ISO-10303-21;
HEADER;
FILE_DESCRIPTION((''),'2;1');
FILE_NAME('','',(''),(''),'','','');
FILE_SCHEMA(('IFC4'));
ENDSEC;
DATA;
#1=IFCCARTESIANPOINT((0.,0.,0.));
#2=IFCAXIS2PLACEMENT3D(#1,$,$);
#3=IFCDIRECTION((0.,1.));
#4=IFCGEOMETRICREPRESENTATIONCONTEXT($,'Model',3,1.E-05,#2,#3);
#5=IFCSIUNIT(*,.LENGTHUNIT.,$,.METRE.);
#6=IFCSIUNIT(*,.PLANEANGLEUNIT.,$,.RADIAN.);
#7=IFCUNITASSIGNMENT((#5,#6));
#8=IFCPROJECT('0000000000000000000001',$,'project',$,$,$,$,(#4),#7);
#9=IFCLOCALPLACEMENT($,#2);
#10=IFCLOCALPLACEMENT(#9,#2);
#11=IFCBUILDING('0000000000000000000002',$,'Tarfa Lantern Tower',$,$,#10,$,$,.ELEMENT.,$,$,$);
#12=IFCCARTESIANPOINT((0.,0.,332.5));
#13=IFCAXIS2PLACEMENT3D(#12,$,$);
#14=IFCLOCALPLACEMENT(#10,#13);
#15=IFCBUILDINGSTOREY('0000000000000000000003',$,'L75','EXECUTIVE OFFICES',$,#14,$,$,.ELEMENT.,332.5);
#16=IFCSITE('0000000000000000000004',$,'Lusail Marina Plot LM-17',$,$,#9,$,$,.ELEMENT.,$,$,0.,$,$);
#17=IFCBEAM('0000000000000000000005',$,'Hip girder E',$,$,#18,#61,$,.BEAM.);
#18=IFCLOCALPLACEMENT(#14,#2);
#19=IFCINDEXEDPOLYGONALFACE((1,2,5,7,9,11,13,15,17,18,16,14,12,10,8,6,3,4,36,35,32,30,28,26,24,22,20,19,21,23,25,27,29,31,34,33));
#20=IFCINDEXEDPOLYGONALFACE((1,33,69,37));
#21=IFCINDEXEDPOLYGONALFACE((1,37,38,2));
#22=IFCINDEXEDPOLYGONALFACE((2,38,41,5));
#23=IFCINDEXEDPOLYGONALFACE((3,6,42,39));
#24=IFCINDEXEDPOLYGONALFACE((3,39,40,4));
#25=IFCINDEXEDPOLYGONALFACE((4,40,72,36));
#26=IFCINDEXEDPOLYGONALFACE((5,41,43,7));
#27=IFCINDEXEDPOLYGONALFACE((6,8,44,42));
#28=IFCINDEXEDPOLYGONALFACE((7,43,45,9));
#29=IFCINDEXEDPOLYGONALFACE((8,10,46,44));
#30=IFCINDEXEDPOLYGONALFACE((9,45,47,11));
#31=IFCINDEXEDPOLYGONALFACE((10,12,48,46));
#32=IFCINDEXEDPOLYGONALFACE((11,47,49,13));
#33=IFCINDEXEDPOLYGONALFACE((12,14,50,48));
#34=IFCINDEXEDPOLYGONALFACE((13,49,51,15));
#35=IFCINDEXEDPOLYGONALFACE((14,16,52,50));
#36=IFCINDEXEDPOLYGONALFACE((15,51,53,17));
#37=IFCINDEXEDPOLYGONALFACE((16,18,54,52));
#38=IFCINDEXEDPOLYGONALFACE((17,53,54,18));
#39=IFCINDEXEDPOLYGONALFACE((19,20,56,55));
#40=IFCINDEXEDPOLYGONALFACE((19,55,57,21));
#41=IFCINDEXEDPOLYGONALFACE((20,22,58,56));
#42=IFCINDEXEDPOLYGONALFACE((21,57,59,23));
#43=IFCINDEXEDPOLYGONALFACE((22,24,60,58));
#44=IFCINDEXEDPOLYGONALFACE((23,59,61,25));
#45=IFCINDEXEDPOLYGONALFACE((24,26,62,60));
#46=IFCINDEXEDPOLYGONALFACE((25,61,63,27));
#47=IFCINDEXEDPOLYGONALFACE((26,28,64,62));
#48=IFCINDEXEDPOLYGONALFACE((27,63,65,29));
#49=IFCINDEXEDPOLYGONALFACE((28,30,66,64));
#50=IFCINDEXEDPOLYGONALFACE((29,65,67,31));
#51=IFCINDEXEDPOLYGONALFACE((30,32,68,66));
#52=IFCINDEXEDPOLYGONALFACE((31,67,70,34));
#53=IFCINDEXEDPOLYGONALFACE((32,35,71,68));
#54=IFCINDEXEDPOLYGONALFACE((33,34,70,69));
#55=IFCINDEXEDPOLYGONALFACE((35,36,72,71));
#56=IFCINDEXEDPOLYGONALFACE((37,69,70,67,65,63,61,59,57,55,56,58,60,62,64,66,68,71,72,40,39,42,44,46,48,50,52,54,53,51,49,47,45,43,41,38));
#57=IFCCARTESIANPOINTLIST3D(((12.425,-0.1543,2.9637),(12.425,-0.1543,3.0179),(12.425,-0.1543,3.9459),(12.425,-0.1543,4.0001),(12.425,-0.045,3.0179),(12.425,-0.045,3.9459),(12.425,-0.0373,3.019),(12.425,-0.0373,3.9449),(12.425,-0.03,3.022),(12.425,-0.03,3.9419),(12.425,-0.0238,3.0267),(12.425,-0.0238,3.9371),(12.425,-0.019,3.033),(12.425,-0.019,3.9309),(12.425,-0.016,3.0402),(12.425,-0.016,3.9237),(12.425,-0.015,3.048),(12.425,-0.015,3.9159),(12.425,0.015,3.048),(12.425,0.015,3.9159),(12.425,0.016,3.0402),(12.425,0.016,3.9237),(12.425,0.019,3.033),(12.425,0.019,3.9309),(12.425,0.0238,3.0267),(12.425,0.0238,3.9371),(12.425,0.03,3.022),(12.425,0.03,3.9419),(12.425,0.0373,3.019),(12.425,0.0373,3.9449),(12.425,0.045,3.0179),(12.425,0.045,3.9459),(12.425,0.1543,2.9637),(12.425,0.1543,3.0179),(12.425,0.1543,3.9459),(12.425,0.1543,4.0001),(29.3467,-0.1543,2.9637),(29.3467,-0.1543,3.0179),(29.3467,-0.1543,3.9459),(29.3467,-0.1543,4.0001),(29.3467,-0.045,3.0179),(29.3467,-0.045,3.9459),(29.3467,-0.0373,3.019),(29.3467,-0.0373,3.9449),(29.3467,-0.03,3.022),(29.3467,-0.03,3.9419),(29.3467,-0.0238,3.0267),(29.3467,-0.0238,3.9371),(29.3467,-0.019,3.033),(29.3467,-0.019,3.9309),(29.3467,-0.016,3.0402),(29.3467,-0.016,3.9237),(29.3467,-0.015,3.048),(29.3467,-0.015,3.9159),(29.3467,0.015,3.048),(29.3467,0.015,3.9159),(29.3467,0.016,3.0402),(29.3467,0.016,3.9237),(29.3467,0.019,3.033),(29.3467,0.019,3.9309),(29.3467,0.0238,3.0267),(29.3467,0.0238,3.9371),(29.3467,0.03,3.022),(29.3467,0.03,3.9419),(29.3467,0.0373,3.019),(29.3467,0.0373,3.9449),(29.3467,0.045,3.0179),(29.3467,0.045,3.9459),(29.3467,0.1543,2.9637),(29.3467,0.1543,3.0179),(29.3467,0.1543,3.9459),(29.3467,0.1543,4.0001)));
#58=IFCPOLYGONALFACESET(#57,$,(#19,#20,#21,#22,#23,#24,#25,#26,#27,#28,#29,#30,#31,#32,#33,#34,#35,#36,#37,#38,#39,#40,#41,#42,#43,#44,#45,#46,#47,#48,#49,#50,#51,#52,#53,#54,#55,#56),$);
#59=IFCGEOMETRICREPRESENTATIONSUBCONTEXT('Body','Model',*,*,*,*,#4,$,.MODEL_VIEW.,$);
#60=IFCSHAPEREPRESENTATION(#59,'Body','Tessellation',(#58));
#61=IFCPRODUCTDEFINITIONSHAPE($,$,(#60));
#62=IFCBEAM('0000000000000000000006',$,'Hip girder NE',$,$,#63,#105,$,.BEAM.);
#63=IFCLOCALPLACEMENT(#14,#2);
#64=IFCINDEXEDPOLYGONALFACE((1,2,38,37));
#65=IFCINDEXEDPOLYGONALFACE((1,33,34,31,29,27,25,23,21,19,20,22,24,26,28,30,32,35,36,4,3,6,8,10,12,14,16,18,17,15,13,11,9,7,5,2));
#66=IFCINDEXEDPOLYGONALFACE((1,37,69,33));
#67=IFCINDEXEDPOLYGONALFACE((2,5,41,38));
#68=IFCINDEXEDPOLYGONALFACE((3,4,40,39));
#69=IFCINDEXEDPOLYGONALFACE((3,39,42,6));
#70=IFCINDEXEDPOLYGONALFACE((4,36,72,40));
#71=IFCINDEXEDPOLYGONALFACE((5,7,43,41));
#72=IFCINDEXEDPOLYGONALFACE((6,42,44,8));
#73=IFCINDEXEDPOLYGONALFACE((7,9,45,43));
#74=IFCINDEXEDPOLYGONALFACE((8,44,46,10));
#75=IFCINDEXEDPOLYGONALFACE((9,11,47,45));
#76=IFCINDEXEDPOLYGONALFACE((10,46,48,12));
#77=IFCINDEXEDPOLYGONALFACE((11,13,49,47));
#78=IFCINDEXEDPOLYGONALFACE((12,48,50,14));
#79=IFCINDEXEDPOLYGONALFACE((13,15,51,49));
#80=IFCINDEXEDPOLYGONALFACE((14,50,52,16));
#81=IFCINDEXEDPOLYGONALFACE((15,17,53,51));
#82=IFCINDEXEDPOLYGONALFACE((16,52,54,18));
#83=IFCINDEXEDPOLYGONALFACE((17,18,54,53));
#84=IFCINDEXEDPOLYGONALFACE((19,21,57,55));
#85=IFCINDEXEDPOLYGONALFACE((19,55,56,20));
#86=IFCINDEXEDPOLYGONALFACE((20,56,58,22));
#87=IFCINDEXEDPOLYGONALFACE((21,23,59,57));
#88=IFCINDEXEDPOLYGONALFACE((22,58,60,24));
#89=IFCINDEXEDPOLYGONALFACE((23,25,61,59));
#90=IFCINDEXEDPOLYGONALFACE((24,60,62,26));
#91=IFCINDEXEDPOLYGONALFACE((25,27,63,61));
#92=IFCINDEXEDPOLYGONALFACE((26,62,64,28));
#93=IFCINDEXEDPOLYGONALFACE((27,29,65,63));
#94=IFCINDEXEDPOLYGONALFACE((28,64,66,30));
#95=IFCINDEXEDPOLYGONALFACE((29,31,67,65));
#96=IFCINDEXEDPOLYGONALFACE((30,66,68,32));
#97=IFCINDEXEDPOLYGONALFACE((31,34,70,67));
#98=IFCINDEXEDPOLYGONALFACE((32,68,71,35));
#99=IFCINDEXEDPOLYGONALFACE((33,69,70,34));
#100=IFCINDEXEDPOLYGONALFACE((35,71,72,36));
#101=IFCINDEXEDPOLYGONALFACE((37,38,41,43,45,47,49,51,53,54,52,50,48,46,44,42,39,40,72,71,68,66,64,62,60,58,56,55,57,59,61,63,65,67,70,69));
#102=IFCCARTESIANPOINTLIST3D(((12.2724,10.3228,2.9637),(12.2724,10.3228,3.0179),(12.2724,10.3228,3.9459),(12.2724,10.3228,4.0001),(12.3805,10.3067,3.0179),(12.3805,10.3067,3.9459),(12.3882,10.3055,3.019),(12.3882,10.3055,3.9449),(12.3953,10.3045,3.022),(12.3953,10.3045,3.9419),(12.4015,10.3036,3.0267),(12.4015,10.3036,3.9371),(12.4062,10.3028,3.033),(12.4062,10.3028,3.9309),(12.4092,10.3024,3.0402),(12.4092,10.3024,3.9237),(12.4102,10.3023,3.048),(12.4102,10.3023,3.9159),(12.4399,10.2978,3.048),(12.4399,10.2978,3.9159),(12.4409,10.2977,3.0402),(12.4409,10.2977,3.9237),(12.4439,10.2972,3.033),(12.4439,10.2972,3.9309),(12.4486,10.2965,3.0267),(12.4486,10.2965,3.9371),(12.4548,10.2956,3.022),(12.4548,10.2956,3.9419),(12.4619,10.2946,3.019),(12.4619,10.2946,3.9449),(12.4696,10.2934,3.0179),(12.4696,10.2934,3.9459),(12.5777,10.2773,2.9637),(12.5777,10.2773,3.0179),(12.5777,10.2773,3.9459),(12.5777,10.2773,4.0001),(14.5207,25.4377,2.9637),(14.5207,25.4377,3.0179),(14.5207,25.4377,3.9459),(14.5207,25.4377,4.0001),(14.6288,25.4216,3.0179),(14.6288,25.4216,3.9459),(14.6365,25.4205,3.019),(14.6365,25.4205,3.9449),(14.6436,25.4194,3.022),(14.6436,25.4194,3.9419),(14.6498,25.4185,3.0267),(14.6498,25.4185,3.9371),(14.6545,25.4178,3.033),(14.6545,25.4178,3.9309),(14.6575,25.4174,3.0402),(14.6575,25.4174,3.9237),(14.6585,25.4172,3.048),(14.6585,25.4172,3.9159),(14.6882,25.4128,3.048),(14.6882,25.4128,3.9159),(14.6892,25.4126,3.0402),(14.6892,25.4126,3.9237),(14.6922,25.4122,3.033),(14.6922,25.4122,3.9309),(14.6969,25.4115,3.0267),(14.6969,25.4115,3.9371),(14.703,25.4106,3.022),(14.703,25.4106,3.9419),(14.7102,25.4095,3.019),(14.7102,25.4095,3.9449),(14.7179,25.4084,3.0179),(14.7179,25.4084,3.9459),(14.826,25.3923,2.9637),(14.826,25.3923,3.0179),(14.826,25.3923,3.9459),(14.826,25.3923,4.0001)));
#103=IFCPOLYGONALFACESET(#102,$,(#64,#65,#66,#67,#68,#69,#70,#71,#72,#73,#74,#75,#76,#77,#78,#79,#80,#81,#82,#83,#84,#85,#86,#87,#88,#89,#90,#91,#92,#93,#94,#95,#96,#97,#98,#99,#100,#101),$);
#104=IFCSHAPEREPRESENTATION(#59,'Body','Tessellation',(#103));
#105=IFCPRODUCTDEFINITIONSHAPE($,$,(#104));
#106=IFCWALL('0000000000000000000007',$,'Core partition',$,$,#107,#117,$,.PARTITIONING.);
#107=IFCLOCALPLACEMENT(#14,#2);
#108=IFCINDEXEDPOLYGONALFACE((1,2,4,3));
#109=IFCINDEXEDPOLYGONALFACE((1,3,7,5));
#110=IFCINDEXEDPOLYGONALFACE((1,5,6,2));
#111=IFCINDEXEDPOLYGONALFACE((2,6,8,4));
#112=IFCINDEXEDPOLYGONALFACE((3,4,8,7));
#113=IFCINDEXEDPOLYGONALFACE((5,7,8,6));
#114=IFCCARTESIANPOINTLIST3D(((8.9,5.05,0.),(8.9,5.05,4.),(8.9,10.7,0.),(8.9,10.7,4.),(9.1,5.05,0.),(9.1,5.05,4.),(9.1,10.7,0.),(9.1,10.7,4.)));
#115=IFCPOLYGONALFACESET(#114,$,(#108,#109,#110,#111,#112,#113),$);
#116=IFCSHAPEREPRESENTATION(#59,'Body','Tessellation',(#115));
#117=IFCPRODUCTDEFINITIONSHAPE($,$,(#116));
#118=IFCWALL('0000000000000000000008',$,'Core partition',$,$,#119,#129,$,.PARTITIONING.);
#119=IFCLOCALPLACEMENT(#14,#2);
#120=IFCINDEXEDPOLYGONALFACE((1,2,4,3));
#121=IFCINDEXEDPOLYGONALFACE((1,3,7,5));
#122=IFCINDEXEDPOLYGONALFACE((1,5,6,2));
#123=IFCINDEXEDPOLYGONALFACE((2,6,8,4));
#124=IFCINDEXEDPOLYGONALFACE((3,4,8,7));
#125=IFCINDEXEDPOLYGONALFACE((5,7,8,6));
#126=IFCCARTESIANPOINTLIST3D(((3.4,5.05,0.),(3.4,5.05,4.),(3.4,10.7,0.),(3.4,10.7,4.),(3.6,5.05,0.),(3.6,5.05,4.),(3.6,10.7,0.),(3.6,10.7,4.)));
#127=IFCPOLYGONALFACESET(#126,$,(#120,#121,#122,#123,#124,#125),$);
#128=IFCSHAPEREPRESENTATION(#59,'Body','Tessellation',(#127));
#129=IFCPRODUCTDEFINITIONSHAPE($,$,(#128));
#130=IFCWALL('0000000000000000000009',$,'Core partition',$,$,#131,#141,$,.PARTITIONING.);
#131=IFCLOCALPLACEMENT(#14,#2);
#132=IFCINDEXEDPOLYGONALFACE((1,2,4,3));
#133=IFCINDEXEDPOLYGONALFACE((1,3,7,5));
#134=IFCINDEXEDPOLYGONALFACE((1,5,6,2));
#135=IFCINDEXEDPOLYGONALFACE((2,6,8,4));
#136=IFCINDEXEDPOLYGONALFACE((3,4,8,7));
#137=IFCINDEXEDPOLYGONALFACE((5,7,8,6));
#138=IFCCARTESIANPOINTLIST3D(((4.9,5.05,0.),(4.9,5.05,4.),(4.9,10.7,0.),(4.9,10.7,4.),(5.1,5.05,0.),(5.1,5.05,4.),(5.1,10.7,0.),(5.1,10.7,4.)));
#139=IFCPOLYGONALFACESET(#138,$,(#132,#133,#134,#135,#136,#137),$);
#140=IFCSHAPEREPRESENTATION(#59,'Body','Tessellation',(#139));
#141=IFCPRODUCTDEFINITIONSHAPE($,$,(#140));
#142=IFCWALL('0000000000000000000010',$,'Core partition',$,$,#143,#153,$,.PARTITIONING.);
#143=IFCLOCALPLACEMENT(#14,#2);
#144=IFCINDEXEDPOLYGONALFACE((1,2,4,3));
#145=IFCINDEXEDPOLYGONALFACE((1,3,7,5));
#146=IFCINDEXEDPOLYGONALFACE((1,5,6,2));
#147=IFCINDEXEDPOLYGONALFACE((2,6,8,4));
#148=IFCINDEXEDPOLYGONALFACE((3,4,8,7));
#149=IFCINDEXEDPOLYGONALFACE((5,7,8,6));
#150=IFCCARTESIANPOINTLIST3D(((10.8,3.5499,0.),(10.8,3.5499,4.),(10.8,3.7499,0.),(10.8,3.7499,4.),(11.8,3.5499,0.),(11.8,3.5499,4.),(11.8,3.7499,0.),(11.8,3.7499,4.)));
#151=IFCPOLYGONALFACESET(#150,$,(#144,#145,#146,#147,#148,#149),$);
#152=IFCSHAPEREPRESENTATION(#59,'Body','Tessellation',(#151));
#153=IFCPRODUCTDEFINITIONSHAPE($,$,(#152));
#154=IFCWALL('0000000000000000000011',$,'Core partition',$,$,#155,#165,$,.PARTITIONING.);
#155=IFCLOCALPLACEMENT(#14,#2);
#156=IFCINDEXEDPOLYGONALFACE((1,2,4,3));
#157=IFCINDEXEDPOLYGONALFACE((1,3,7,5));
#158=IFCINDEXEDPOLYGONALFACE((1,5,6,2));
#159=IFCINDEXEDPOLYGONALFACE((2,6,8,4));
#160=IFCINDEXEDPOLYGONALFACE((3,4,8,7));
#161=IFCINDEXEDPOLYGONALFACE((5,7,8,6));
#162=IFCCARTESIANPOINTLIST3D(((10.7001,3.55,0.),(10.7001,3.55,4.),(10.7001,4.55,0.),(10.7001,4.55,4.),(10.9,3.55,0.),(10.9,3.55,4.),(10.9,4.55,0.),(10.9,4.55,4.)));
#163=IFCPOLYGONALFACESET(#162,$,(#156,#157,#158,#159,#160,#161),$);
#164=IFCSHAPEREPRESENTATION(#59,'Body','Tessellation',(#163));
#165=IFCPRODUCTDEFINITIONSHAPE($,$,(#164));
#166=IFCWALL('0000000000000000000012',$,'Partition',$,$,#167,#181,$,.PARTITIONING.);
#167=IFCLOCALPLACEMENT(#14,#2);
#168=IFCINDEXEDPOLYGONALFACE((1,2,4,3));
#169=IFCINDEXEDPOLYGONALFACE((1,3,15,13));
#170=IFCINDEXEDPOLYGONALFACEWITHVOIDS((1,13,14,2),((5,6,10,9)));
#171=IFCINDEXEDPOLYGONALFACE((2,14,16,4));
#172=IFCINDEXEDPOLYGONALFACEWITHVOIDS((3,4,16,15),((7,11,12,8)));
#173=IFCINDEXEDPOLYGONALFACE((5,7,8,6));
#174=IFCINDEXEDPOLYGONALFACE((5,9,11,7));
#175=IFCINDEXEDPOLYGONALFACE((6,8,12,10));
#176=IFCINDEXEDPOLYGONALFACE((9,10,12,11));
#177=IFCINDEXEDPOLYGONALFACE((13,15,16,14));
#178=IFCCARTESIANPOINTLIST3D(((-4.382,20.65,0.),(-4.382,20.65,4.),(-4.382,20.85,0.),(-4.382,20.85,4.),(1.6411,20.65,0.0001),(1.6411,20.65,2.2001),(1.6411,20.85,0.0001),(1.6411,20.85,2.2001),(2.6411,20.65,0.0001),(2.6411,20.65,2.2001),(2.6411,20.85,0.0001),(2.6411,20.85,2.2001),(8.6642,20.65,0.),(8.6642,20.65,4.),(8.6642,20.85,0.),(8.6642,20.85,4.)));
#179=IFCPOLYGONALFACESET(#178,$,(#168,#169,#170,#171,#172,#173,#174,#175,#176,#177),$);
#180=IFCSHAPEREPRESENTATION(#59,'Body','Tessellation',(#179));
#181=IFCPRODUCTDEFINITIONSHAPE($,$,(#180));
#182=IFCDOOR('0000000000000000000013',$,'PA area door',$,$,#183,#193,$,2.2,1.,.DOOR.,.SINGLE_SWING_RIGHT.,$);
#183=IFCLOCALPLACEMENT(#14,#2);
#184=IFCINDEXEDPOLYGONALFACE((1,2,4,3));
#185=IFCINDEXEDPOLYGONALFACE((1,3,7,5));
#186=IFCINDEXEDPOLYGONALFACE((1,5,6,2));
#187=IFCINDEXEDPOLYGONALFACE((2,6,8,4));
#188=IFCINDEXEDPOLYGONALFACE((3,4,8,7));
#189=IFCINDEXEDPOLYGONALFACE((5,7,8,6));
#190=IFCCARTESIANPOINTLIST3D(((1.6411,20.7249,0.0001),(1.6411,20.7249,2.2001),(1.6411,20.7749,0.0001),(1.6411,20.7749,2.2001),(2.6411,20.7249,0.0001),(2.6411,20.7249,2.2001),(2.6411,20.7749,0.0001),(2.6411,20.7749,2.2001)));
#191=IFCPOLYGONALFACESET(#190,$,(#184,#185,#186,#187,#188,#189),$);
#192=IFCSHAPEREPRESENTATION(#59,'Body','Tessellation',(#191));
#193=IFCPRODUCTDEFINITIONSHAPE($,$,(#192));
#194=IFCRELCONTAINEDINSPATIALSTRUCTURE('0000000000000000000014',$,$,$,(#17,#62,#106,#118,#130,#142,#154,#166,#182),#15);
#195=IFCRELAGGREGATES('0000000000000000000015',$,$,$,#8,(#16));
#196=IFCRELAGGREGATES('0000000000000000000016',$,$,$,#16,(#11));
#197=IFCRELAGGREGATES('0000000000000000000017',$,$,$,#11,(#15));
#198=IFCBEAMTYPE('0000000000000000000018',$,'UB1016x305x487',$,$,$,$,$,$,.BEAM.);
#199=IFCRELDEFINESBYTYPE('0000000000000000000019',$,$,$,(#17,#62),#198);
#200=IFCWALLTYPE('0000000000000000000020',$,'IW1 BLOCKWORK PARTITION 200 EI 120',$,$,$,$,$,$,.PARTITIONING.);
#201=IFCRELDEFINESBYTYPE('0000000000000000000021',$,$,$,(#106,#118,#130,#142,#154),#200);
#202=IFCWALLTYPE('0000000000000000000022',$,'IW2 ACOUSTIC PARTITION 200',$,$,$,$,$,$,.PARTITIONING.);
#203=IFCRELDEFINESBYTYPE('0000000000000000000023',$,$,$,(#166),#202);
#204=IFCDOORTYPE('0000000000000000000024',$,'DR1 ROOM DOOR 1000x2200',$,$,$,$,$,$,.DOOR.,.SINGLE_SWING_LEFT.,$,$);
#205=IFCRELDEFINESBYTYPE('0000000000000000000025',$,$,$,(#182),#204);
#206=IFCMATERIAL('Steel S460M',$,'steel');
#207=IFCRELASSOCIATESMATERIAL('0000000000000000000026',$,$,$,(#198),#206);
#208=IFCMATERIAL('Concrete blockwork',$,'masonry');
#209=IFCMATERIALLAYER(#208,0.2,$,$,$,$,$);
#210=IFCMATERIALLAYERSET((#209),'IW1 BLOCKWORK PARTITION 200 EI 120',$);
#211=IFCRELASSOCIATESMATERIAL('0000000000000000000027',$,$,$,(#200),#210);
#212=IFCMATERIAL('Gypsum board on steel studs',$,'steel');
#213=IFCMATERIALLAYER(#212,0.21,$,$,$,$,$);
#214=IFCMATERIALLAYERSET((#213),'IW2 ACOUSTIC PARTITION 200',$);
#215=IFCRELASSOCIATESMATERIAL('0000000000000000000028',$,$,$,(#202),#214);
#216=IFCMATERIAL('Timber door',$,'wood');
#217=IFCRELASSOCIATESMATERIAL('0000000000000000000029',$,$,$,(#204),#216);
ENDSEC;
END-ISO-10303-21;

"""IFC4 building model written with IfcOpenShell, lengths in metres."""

from ifc_helpers import new_model, si_unit, direction, frame, frame_2d, origin, origin_2d, place, context, subcontext, project, spatial, rectangle, i_section, extrude, material, layer, layer_set, material_profile, profile_set, type_object, element, fill, save


model = new_model("IFC4")

# Units and contexts
model_context = context("Model", 3, precision=1e-05, world=origin(), true_north=direction((0.0, 1.0)))
body_context = subcontext(model_context, "Body", "Model", "MODEL_VIEW")
ifc_project = project(units=[si_unit("LENGTHUNIT", "METRE"), si_unit("PLANEANGLEUNIT", "RADIAN")], contexts=[model_context])

# Site, building, storey
site_placement = place(None, origin())
site = spatial("IfcSite", under=ifc_project, at=site_placement, Name="Lusail Marina Plot LM-17", CompositionType="ELEMENT", RefElevation=0.0)
building_placement = place(site_placement, origin())
building = spatial("IfcBuilding", under=site, at=building_placement, Name="Tarfa Lantern Tower", CompositionType="ELEMENT")
storey_placement = place(building_placement, frame((0.0, 0.0, 332.5)))
storey = spatial("IfcBuildingStorey", under=building, at=storey_placement, Name="L75", Description="EXECUTIVE OFFICES", CompositionType="ELEMENT", Elevation=332.5)

# Beams
ifc_material_1 = material(Name="Steel S460M", Category="steel")
ifc_material_profile = material_profile(ifc_material_1, i_section(OverallWidth=0.3086, OverallDepth=1.0364, WebThickness=0.03, FlangeThickness=0.0542, FilletRadius=0.03, at=origin_2d()), Name="UB1016x305x487")
ifc_profile_set = profile_set([ifc_material_profile], Name="Steel S460M")
beam_type = type_object("IfcBeamType", Name="UB1016x305x487", PredefinedType="BEAM", material=ifc_profile_set)
beam_1_placement = place(storey_placement, frame((12.425, 0.0, 3.4819), z_axis=(1.0, 0.0, 0.0), x_axis=(0.0, 1.0, 0.0)))
element("IfcBeam", 1, at=beam_1_placement, inside=storey, type_object=beam_type, Name="Hip girder E", PredefinedType="BEAM", context=body_context, shape_type="SweptSolid", body=[
    extrude(i_section(OverallWidth=0.3086, OverallDepth=1.0364, WebThickness=0.03, FlangeThickness=0.0542, FilletRadius=0.03, at=origin_2d()), origin(), (0.0, 0.0, 1.0), 16.9216),
])
beam_2_placement = place(storey_placement, frame((12.425, 10.3, 3.4819), z_axis=(0.147127, 0.989118, 0.0), x_axis=(-0.989118, 0.147127, 0.0)))
element("IfcBeam", 2, at=beam_2_placement, inside=storey, type_object=beam_type, Name="Hip girder NE", PredefinedType="BEAM", context=body_context, shape_type="SweptSolid", body=[
    extrude(i_section(OverallWidth=0.3086, OverallDepth=1.0364, WebThickness=0.03, FlangeThickness=0.0542, FilletRadius=0.03, at=origin_2d()), origin(), (0.0, 0.0, 1.0), 15.2812),
])

# Walls
ifc_material_2 = material(Name="Concrete blockwork", Category="masonry")
ifc_layer_1 = layer(ifc_material_2, 0.2)
ifc_layer_set_1 = layer_set([ifc_layer_1], Name="IW1 BLOCKWORK PARTITION 200 EI 120")
wall_type_1 = type_object("IfcWallType", Name="IW1 BLOCKWORK PARTITION 200 EI 120", PredefinedType="PARTITIONING", material=ifc_layer_set_1)
for number, where, z_axis, x_axis, name in (
    (3, (9.0, 5.05, 0.0), (0.0, 0.0, 1.0), (0.0, 1.0, 0.0), "Core partition"),
    (4, (3.5, 5.05, 0.0), (0.0, 0.0, 1.0), (0.0, 1.0, 0.0), "Core partition"),
    (5, (5.0, 5.05, 0.0), (0.0, 0.0, 1.0), (0.0, 1.0, 0.0), "Core partition"),
):
    element("IfcWall", number, at=place(storey_placement, frame(where, z_axis=z_axis, x_axis=x_axis)), inside=storey, type_object=wall_type_1, Name=name, PredefinedType="PARTITIONING", context=body_context, shape_type="SweptSolid", body=[
        extrude(rectangle(XDim=5.6499, YDim=0.2, at=frame_2d((2.825, 0.0))), origin(), (0.0, 0.0, 1.0), 4.0),
    ])
for number, where, z_axis, x_axis, name in (
    (6, (10.8, 3.6499, 0.0), (0.0, 0.0, 1.0), (1.0, 0.0, 0.0), "Core partition"),
    (7, (10.8, 3.55, 0.0), (0.0, 0.0, 1.0), (0.0, 1.0, 0.0), "Core partition"),
):
    element("IfcWall", number, at=place(storey_placement, frame(where, z_axis=z_axis, x_axis=x_axis)), inside=storey, type_object=wall_type_1, Name=name, PredefinedType="PARTITIONING", context=body_context, shape_type="SweptSolid", body=[
        extrude(rectangle(XDim=1.0, YDim=0.2, at=frame_2d((0.5, 0.0))), origin(), (0.0, 0.0, 1.0), 4.0),
    ])

# Wall, opening, door
ifc_material_3 = material(Name="Gypsum board on steel studs", Category="steel")
ifc_layer_2 = layer(ifc_material_3, 0.21)
ifc_layer_set_2 = layer_set([ifc_layer_2], Name="IW2 ACOUSTIC PARTITION 200")
wall_type_2 = type_object("IfcWallType", Name="IW2 ACOUSTIC PARTITION 200", PredefinedType="PARTITIONING", material=ifc_layer_set_2)
wall_1_placement = place(storey_placement, frame((8.6641, 20.75, 0.0), z_axis=(0.0, 0.0, 1.0), x_axis=(-1.0, 0.0, 0.0)))
wall_1 = element("IfcWall", 8, at=wall_1_placement, inside=storey, type_object=wall_type_2, Name="Partition", PredefinedType="PARTITIONING", context=body_context, shape_type="SweptSolid", body=[
    extrude(rectangle(XDim=13.0461, YDim=0.2, at=frame_2d((6.5229, 0.0))), origin(), (0.0, 0.0, 1.0), 4.0),
])
opening_1_placement = place(wall_1_placement, frame((6.0229, 0.0, 0.0)))
opening_1 = element("IfcOpeningElement", 9, at=opening_1_placement, cuts=wall_1, PredefinedType="OPENING", context=body_context, shape_type="SweptSolid", body=[
    extrude(rectangle(XDim=1.0, YDim=2.2, at=frame_2d((0.5, 1.1001))), frame((0.0, 0.1099, 0.0), z_axis=(0.0, -1.0, 0.0), x_axis=(1.0, 0.0, 0.0)), (0.0, 0.0, 1.0), 0.22),
])
ifc_material_4 = material(Name="Timber door", Category="wood")
door_type = type_object("IfcDoorType", Name="DR1 ROOM DOOR 1000x2200", OperationType="SINGLE_SWING_LEFT", PredefinedType="DOOR", material=ifc_material_4)
door_1_placement = place(opening_1_placement, frame((1.0, 0.0, 0.0), z_axis=(0.0, 0.0, 1.0), x_axis=(-1.0, 0.0, 0.0)))
door_1 = element("IfcDoor", 10, at=door_1_placement, inside=storey, type_object=door_type, Name="PA area door", OperationType="SINGLE_SWING_RIGHT", OverallHeight=2.2, OverallWidth=1.0, PredefinedType="DOOR", context=body_context, shape_type="SweptSolid", body=[
    extrude(rectangle(XDim=1.0, YDim=2.2, at=frame_2d((0.5, 1.1001))), frame((0.0, 0.0249, 0.0), z_axis=(0.0, -1.0, 0.0), x_axis=(1.0, 0.0, 0.0)), (0.0, 0.0, 1.0), 0.05),
])
fill(opening_1, door_1)

save(model, "model.ifc")
